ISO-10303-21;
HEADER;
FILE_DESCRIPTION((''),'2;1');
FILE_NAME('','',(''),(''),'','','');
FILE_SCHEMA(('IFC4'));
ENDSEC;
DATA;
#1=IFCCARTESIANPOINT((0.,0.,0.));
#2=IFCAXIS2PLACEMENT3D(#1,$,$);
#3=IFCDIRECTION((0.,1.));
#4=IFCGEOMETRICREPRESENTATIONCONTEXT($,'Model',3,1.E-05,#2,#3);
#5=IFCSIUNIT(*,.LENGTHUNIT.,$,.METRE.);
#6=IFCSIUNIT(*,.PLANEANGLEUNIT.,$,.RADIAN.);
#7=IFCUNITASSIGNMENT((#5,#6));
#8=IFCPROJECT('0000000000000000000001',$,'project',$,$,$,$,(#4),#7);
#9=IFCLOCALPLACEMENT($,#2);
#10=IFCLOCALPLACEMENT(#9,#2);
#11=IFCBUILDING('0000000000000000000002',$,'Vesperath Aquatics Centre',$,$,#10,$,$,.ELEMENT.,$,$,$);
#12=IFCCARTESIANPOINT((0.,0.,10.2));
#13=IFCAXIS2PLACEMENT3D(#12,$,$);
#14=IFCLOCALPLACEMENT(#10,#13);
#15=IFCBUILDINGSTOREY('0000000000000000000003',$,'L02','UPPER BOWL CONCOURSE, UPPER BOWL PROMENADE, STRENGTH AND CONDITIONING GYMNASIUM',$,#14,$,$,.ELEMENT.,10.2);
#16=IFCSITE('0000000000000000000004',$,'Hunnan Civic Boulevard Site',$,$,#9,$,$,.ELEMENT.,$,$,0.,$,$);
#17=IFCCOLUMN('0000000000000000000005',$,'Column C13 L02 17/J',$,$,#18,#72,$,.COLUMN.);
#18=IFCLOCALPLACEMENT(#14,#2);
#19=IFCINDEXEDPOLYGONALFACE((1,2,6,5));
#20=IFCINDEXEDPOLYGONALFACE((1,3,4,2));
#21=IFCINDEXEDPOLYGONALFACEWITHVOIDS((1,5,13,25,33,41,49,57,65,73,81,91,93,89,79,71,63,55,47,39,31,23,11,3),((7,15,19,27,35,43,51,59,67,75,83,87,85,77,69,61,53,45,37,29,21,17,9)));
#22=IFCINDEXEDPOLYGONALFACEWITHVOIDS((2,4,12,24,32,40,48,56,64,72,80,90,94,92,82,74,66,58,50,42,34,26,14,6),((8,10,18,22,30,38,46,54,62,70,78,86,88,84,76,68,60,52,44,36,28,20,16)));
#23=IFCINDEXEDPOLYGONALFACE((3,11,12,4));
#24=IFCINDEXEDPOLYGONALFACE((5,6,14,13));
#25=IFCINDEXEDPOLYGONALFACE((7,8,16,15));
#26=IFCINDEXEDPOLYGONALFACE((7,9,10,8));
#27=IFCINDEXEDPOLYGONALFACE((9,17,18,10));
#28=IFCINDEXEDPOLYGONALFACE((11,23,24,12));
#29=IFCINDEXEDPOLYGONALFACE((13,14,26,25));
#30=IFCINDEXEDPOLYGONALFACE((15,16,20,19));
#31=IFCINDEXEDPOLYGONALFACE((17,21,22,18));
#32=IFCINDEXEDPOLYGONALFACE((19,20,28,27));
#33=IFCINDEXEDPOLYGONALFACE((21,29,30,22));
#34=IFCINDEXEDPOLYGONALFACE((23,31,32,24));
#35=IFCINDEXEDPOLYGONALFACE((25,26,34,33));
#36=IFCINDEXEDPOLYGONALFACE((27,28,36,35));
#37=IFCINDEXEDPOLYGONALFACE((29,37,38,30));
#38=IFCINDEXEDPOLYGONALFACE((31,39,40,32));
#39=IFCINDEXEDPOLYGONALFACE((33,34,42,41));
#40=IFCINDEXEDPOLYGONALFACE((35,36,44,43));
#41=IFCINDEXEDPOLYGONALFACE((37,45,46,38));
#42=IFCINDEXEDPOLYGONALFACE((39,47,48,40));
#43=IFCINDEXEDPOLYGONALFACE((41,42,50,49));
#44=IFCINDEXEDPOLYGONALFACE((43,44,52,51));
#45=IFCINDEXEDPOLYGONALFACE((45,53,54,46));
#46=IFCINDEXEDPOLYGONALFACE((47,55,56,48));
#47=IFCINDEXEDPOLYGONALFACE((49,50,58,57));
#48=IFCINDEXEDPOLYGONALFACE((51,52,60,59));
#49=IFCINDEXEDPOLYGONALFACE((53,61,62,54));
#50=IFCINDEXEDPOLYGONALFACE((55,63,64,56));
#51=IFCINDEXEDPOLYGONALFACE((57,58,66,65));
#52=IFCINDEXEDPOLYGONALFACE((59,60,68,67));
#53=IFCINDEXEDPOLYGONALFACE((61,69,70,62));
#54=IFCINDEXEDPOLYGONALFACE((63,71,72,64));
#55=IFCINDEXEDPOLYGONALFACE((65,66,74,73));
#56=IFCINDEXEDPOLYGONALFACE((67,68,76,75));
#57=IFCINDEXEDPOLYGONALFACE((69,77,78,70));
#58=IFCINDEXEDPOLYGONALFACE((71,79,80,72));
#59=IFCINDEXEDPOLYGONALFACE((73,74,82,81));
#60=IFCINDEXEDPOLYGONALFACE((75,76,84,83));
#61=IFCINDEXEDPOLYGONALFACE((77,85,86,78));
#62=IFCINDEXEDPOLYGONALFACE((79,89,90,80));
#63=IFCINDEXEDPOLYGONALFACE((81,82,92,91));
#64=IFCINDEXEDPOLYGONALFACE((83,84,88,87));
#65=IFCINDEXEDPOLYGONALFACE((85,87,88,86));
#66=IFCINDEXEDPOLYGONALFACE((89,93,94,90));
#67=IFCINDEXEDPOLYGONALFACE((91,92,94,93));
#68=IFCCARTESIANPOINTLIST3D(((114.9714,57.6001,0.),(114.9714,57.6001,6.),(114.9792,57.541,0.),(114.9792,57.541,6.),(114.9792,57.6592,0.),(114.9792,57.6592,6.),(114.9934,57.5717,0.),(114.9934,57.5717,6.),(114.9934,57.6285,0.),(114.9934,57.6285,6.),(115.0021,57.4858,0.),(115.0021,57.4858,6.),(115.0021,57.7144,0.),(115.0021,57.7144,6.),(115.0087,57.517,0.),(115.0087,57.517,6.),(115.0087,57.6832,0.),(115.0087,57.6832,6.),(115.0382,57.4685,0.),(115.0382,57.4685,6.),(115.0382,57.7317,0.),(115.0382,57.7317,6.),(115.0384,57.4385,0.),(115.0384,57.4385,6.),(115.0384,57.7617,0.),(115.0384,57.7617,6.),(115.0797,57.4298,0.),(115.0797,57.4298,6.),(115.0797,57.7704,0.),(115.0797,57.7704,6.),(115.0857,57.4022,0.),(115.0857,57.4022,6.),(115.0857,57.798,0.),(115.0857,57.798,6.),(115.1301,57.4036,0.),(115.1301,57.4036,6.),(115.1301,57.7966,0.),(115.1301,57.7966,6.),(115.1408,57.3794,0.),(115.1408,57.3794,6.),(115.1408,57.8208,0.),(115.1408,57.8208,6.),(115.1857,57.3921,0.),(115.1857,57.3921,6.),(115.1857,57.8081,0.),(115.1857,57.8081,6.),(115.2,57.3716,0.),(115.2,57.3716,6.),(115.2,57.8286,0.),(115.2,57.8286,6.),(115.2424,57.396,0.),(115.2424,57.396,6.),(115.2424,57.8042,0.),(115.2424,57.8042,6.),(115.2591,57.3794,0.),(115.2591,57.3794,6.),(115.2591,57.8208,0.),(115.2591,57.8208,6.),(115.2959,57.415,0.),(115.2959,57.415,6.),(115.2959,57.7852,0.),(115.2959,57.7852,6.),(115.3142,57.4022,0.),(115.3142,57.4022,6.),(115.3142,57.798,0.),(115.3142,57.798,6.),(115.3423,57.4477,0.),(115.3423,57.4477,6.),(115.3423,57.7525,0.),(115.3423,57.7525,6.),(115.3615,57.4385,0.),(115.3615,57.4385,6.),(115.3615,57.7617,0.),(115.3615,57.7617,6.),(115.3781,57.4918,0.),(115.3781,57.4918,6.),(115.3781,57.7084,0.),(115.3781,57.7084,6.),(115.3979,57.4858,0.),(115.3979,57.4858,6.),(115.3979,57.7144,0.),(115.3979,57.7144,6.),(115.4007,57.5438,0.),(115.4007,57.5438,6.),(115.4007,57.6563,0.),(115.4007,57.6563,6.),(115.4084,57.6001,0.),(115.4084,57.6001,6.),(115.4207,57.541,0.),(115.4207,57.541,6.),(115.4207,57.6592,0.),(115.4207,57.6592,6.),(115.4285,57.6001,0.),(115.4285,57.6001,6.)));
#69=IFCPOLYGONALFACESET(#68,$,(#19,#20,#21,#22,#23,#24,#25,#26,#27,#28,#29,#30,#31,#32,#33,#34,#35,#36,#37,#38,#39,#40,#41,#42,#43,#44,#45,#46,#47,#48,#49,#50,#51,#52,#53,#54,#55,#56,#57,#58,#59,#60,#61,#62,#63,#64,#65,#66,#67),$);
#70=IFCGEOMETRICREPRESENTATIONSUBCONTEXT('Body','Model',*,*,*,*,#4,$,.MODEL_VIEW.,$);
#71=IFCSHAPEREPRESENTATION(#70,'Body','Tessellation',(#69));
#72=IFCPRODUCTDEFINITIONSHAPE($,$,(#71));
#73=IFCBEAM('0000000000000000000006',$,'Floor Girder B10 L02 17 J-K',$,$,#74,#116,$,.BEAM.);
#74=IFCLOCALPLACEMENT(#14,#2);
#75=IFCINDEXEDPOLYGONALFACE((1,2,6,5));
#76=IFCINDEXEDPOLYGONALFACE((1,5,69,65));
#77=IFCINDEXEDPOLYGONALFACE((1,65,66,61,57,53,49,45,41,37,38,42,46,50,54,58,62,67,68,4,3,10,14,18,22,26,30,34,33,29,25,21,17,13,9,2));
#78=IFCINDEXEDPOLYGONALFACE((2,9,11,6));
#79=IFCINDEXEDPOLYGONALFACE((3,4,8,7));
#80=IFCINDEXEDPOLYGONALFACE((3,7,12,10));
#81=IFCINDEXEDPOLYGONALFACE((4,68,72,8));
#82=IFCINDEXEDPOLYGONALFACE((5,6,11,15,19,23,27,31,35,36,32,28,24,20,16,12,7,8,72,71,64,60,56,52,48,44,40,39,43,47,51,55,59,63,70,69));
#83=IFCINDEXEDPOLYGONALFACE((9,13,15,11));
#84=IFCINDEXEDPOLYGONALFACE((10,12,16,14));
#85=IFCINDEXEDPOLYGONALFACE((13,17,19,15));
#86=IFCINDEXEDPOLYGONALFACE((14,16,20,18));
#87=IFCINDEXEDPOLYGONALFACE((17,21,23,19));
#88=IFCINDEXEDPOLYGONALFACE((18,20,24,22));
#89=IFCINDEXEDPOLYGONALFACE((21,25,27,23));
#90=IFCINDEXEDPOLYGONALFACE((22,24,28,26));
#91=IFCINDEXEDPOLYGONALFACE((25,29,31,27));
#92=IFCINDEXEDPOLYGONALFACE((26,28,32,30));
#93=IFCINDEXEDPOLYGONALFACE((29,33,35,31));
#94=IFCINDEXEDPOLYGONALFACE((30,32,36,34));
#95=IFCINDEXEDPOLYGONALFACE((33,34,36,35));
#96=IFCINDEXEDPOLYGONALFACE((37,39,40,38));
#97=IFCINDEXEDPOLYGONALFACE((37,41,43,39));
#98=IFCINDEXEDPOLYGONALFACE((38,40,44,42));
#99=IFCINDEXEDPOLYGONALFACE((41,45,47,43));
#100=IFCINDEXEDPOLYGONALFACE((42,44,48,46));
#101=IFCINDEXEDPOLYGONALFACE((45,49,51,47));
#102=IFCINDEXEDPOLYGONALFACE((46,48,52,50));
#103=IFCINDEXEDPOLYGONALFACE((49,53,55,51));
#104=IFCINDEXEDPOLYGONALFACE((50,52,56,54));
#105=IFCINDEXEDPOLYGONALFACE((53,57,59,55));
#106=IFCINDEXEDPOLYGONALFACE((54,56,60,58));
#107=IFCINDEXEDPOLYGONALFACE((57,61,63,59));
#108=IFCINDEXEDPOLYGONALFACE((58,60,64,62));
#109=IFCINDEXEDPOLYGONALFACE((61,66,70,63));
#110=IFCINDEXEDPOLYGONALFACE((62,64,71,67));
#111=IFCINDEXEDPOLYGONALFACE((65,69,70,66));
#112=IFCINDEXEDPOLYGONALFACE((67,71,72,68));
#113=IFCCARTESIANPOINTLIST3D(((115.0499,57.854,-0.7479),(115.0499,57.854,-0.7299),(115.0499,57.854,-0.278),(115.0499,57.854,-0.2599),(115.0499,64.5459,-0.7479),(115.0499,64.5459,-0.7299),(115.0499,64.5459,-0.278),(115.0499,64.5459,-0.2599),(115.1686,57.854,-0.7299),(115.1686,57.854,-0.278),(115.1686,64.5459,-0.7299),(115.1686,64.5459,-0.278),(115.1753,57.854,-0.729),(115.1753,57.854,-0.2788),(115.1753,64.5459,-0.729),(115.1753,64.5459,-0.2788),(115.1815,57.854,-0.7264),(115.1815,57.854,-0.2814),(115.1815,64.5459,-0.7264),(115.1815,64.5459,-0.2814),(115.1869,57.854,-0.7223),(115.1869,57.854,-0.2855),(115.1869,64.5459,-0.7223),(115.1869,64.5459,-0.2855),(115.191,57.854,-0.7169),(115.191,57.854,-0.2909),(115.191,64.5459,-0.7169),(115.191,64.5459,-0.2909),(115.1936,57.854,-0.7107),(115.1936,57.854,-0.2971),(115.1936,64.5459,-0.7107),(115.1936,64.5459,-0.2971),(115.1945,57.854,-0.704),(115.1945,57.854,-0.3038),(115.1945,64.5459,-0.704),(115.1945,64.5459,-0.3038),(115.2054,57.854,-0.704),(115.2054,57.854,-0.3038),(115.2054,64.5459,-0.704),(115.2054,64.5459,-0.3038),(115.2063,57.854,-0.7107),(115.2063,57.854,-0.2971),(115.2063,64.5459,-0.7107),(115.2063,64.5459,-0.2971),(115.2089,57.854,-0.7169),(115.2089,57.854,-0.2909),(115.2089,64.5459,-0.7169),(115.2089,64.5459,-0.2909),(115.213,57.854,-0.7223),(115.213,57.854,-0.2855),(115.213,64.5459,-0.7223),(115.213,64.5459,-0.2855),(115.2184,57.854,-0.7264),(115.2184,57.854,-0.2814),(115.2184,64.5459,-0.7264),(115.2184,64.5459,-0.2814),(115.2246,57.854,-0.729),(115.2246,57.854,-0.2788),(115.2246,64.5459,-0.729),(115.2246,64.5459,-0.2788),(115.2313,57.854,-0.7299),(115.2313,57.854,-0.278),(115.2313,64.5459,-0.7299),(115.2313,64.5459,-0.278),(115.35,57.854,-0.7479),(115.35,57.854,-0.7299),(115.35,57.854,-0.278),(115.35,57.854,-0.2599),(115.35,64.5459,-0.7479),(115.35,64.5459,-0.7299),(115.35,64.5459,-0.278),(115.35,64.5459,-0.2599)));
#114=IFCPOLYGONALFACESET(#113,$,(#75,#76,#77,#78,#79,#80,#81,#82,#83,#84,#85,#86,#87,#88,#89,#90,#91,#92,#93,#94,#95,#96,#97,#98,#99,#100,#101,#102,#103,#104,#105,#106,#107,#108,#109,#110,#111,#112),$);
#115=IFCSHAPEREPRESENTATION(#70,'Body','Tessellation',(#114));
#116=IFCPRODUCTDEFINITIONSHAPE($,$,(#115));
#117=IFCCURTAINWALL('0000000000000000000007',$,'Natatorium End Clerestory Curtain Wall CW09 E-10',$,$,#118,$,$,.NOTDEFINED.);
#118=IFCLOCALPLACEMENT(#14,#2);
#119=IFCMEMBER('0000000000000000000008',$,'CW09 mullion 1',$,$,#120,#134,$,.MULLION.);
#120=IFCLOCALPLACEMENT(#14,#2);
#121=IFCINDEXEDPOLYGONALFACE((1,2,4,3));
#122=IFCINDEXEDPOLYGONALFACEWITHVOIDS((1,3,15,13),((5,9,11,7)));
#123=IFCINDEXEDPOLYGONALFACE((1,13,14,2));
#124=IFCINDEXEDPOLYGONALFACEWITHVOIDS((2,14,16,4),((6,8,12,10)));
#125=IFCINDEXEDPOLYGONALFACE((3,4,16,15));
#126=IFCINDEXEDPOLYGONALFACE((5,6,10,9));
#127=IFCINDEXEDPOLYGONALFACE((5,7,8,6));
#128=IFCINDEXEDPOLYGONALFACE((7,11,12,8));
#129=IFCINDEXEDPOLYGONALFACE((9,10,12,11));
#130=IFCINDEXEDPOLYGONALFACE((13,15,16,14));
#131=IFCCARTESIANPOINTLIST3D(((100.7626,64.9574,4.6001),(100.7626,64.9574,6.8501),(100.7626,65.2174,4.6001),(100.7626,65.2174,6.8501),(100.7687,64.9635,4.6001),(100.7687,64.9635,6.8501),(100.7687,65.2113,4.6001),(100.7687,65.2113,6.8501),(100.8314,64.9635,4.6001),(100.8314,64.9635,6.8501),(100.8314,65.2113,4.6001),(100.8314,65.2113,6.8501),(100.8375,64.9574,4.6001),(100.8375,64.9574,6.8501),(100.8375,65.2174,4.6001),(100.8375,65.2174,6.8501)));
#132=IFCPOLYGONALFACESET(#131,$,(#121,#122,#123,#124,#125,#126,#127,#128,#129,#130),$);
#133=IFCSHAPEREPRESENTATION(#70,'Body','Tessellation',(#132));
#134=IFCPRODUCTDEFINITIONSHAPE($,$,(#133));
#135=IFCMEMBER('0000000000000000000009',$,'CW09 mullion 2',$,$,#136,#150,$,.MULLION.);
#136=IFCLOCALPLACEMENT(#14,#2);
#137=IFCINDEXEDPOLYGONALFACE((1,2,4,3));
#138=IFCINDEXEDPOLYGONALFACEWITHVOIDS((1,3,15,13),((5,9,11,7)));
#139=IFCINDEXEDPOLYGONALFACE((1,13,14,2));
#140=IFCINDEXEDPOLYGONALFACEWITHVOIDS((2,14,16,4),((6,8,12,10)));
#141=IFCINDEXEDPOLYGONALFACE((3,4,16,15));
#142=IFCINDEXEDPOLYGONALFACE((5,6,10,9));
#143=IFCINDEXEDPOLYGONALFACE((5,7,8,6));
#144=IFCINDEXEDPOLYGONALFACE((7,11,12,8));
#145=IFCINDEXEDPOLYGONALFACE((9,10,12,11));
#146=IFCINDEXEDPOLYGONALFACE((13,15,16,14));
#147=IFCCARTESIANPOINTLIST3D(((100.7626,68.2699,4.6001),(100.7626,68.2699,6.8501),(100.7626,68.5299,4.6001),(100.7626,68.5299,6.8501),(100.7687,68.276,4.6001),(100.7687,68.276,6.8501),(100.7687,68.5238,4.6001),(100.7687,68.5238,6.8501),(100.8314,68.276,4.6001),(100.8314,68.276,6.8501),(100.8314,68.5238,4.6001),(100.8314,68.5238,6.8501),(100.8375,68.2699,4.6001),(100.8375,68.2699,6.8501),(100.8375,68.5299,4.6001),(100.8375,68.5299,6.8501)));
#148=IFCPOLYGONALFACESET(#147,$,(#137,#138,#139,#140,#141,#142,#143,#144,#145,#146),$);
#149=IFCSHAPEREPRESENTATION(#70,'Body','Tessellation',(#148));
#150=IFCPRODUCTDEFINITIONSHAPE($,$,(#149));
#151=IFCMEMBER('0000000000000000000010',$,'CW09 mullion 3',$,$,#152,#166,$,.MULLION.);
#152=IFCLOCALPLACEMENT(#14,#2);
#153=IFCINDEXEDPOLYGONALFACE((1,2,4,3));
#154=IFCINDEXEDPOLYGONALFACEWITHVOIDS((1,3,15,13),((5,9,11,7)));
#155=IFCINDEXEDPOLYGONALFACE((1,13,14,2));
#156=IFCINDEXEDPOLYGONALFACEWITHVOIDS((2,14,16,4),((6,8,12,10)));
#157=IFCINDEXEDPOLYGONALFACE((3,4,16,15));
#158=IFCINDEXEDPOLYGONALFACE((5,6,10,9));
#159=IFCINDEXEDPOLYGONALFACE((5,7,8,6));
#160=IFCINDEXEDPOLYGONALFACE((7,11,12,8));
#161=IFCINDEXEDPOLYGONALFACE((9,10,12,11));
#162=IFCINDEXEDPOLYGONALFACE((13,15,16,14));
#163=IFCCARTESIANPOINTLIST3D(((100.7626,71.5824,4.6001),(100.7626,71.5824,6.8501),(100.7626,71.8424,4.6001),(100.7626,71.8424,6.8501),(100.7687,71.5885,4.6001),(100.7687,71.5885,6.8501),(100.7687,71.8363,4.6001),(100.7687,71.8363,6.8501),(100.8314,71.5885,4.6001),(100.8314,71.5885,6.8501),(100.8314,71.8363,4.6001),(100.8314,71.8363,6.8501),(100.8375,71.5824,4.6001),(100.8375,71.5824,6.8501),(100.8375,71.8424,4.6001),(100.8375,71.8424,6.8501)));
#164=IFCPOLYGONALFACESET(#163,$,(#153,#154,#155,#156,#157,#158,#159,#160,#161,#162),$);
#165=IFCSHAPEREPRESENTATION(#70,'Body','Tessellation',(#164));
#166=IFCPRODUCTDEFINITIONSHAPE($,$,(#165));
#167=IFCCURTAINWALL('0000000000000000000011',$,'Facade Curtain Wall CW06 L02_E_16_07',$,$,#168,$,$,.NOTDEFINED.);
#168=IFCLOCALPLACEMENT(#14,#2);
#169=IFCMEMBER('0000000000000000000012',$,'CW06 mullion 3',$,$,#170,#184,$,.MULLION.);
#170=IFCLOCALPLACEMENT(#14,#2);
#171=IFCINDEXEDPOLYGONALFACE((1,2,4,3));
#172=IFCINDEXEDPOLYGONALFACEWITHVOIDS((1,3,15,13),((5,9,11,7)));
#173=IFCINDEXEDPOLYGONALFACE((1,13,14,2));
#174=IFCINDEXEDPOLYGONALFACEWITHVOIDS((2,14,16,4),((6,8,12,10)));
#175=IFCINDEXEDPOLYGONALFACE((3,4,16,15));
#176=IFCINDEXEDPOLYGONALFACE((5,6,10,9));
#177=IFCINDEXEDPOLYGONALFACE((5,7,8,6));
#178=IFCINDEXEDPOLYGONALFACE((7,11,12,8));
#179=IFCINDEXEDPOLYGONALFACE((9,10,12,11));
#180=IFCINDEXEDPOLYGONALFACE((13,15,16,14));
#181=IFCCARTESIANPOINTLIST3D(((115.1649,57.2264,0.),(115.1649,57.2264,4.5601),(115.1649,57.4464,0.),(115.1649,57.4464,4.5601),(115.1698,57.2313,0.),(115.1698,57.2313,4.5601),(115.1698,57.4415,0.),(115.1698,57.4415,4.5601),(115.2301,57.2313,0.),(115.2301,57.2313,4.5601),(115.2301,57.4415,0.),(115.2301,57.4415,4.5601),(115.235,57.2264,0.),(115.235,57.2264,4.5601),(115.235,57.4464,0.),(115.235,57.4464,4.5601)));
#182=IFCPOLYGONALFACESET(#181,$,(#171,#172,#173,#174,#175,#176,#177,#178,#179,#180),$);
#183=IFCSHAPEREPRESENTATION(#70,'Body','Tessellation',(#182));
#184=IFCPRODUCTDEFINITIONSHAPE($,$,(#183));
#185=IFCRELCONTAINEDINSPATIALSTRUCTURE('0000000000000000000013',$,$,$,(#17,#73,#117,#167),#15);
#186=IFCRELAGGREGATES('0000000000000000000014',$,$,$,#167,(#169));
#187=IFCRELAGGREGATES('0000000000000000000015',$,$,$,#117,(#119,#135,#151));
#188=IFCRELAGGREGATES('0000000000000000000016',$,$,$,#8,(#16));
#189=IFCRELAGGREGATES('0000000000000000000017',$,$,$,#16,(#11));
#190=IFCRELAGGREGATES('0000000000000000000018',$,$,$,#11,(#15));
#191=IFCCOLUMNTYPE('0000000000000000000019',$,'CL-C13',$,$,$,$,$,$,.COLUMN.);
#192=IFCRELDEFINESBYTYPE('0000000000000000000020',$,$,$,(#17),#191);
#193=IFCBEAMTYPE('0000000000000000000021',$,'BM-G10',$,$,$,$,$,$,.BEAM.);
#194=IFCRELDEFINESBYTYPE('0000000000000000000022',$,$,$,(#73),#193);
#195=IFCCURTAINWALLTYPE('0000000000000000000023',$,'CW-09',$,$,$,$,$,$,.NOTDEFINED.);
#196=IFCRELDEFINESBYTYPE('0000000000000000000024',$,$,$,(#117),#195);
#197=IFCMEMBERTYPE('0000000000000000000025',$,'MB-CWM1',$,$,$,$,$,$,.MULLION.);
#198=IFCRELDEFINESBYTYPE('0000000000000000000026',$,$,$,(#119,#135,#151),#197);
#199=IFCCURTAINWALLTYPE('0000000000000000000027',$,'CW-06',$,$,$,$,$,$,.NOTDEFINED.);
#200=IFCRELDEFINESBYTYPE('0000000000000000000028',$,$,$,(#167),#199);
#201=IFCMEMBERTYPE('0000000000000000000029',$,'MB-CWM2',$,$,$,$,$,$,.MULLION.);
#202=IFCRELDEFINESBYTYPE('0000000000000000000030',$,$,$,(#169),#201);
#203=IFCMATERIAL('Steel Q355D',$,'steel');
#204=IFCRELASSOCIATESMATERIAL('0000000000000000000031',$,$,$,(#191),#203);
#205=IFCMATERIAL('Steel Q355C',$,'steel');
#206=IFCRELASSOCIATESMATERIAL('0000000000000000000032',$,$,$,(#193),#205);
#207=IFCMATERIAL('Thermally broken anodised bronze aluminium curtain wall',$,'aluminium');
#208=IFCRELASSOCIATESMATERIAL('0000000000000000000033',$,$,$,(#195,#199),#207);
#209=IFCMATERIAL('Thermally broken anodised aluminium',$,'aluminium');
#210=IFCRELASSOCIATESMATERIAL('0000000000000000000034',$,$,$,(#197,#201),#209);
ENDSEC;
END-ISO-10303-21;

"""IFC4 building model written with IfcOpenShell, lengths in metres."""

from ifc_helpers import new_model, si_unit, direction, frame, origin, origin_2d, place, context, subcontext, project, spatial, hollow_rectangle, hollow_circle, i_section, extrude, material, material_profile, profile_set, type_object, element, aggregate, save


model = new_model("IFC4")

# Units and contexts
model_context = context("Model", 3, precision=1e-05, world=origin(), true_north=direction((0.0, 1.0)))
body_context = subcontext(model_context, "Body", "Model", "MODEL_VIEW")
ifc_project = project(units=[si_unit("LENGTHUNIT", "METRE"), si_unit("PLANEANGLEUNIT", "RADIAN")], contexts=[model_context])

# Site, building, storey
site_placement = place(None, origin())
site = spatial("IfcSite", under=ifc_project, at=site_placement, Name="Hunnan Civic Boulevard Site", CompositionType="ELEMENT", RefElevation=0.0)
building_placement = place(site_placement, origin())
building = spatial("IfcBuilding", under=site, at=building_placement, Name="Vesperath Aquatics Centre", CompositionType="ELEMENT")
storey_placement = place(building_placement, frame((0.0, 0.0, 10.2)))
storey = spatial("IfcBuildingStorey", under=building, at=storey_placement, Name="L02", Description="UPPER BOWL CONCOURSE, UPPER BOWL PROMENADE, STRENGTH AND CONDITIONING GYMNASIUM", CompositionType="ELEMENT", Elevation=10.2)

# Column
ifc_material_1 = material(Name="Steel Q355D", Category="steel")
ifc_material_profile_1 = material_profile(ifc_material_1, hollow_circle(Radius=0.2285, WallThickness=0.02, at=origin_2d()), Name="CHS 457.0x20")
ifc_profile_set_1 = profile_set([ifc_material_profile_1], Name="Steel Q355D")
column_type = type_object("IfcColumnType", Name="CL-C13", PredefinedType="COLUMN", material=ifc_profile_set_1)
column_placement = place(storey_placement, frame((115.2, 57.6001, 0.0), z_axis=(0.0, 0.0, 1.0), x_axis=(1.0, 0.0, 0.0)))
element("IfcColumn", 1, at=column_placement, inside=storey, type_object=column_type, Name="Column C13 L02 17/J", PredefinedType="COLUMN", context=body_context, shape_type="SweptSolid", body=[
    extrude(hollow_circle(Radius=0.2285, WallThickness=0.02, at=origin_2d()), origin(), (0.0, 0.0, 1.0), 6.0),
])

# Beam
ifc_material_2 = material(Name="Steel Q355C", Category="steel")
ifc_material_profile_2 = material_profile(ifc_material_2, i_section(OverallWidth=0.3, OverallDepth=0.488, WebThickness=0.011, FlangeThickness=0.0181, FilletRadius=0.0259, at=origin_2d()), Name="HM 488x300x11x18")
ifc_profile_set_2 = profile_set([ifc_material_profile_2], Name="Steel Q355C")
beam_type = type_object("IfcBeamType", Name="BM-G10", PredefinedType="BEAM", material=ifc_profile_set_2)
beam_placement = place(storey_placement, frame((115.2, 57.854, -0.5039), z_axis=(0.0, 1.0, 0.0), x_axis=(-1.0, 0.0, 0.0)))
element("IfcBeam", 2, at=beam_placement, inside=storey, type_object=beam_type, Name="Floor Girder B10 L02 17 J-K", PredefinedType="BEAM", context=body_context, shape_type="SweptSolid", body=[
    extrude(i_section(OverallWidth=0.3, OverallDepth=0.488, WebThickness=0.011, FlangeThickness=0.0181, FilletRadius=0.0259, at=origin_2d()), origin(), (0.0, 0.0, 1.0), 6.6919),
])

# Curtain wall, members
ifc_material_3 = material(Name="Thermally broken anodised bronze aluminium curtain wall", Category="aluminium")
curtain_wall_type_1 = type_object("IfcCurtainWallType", Name="CW-09", PredefinedType="NOTDEFINED", material=ifc_material_3)
curtain_wall_1_placement = place(storey_placement, origin())
curtain_wall_1 = element("IfcCurtainWall", 3, at=curtain_wall_1_placement, inside=storey, type_object=curtain_wall_type_1, Name="Natatorium End Clerestory Curtain Wall CW09 E-10", PredefinedType="NOTDEFINED")
ifc_material_4 = material(Name="Thermally broken anodised aluminium", Category="aluminium")
ifc_material_profile_3 = material_profile(ifc_material_4, hollow_rectangle(XDim=0.075, YDim=0.26, WallThickness=0.0061, at=origin_2d()), Name="CWM 75x260x6")
ifc_profile_set_3 = profile_set([ifc_material_profile_3], Name="Thermally broken anodised aluminium")
member_type_1 = type_object("IfcMemberType", Name="MB-CWM1", PredefinedType="MULLION", material=ifc_profile_set_3)
member_1_placement = place(storey_placement, frame((100.8, 65.0874, 4.6001), z_axis=(0.0, 0.0, 1.0), x_axis=(-1.0, 0.0, 0.0)))
member_1 = element("IfcMember", 4, at=member_1_placement, type_object=member_type_1, Name="CW09 mullion 1", PredefinedType="MULLION", context=body_context, shape_type="SweptSolid", body=[
    extrude(hollow_rectangle(XDim=0.075, YDim=0.26, WallThickness=0.0061, at=origin_2d()), origin(), (0.0, 0.0, 1.0), 2.25),
])
member_2_placement = place(storey_placement, frame((100.8, 68.3999, 4.6001), z_axis=(0.0, 0.0, 1.0), x_axis=(-1.0, 0.0, 0.0)))
member_2 = element("IfcMember", 5, at=member_2_placement, type_object=member_type_1, Name="CW09 mullion 2", PredefinedType="MULLION", context=body_context, shape_type="SweptSolid", body=[
    extrude(hollow_rectangle(XDim=0.075, YDim=0.26, WallThickness=0.0061, at=origin_2d()), origin(), (0.0, 0.0, 1.0), 2.25),
])
member_3_placement = place(storey_placement, frame((100.8, 71.7124, 4.6001), z_axis=(0.0, 0.0, 1.0), x_axis=(-1.0, 0.0, 0.0)))
member_3 = element("IfcMember", 6, at=member_3_placement, type_object=member_type_1, Name="CW09 mullion 3", PredefinedType="MULLION", context=body_context, shape_type="SweptSolid", body=[
    extrude(hollow_rectangle(XDim=0.075, YDim=0.26, WallThickness=0.0061, at=origin_2d()), origin(), (0.0, 0.0, 1.0), 2.25),
])

# Curtain wall, member
curtain_wall_type_2 = type_object("IfcCurtainWallType", Name="CW-06", PredefinedType="NOTDEFINED", material=ifc_material_3)
curtain_wall_2_placement = place(storey_placement, origin())
curtain_wall_2 = element("IfcCurtainWall", 7, at=curtain_wall_2_placement, inside=storey, type_object=curtain_wall_type_2, Name="Facade Curtain Wall CW06 L02_E_16_07", PredefinedType="NOTDEFINED")
ifc_material_profile_4 = material_profile(ifc_material_4, hollow_rectangle(XDim=0.0701, YDim=0.22, WallThickness=0.0049, at=origin_2d()), Name="CWM 70x220x5")
ifc_profile_set_4 = profile_set([ifc_material_profile_4], Name="Thermally broken anodised aluminium")
member_type_2 = type_object("IfcMemberType", Name="MB-CWM2", PredefinedType="MULLION", material=ifc_profile_set_4)
member_4_placement = place(storey_placement, frame((115.2, 57.3364, 0.0), z_axis=(0.0, 0.0, 1.0), x_axis=(-1.0, 0.0, 0.0)))
member_4 = element("IfcMember", 8, at=member_4_placement, type_object=member_type_2, Name="CW06 mullion 3", PredefinedType="MULLION", context=body_context, shape_type="SweptSolid", body=[
    extrude(hollow_rectangle(XDim=0.0701, YDim=0.22, WallThickness=0.0049, at=origin_2d()), origin(), (0.0, 0.0, 1.0), 4.5601),
])
aggregate(curtain_wall_2, [member_4])

aggregate(curtain_wall_1, [member_1, member_2, member_3])

save(model, "model.ifc")
